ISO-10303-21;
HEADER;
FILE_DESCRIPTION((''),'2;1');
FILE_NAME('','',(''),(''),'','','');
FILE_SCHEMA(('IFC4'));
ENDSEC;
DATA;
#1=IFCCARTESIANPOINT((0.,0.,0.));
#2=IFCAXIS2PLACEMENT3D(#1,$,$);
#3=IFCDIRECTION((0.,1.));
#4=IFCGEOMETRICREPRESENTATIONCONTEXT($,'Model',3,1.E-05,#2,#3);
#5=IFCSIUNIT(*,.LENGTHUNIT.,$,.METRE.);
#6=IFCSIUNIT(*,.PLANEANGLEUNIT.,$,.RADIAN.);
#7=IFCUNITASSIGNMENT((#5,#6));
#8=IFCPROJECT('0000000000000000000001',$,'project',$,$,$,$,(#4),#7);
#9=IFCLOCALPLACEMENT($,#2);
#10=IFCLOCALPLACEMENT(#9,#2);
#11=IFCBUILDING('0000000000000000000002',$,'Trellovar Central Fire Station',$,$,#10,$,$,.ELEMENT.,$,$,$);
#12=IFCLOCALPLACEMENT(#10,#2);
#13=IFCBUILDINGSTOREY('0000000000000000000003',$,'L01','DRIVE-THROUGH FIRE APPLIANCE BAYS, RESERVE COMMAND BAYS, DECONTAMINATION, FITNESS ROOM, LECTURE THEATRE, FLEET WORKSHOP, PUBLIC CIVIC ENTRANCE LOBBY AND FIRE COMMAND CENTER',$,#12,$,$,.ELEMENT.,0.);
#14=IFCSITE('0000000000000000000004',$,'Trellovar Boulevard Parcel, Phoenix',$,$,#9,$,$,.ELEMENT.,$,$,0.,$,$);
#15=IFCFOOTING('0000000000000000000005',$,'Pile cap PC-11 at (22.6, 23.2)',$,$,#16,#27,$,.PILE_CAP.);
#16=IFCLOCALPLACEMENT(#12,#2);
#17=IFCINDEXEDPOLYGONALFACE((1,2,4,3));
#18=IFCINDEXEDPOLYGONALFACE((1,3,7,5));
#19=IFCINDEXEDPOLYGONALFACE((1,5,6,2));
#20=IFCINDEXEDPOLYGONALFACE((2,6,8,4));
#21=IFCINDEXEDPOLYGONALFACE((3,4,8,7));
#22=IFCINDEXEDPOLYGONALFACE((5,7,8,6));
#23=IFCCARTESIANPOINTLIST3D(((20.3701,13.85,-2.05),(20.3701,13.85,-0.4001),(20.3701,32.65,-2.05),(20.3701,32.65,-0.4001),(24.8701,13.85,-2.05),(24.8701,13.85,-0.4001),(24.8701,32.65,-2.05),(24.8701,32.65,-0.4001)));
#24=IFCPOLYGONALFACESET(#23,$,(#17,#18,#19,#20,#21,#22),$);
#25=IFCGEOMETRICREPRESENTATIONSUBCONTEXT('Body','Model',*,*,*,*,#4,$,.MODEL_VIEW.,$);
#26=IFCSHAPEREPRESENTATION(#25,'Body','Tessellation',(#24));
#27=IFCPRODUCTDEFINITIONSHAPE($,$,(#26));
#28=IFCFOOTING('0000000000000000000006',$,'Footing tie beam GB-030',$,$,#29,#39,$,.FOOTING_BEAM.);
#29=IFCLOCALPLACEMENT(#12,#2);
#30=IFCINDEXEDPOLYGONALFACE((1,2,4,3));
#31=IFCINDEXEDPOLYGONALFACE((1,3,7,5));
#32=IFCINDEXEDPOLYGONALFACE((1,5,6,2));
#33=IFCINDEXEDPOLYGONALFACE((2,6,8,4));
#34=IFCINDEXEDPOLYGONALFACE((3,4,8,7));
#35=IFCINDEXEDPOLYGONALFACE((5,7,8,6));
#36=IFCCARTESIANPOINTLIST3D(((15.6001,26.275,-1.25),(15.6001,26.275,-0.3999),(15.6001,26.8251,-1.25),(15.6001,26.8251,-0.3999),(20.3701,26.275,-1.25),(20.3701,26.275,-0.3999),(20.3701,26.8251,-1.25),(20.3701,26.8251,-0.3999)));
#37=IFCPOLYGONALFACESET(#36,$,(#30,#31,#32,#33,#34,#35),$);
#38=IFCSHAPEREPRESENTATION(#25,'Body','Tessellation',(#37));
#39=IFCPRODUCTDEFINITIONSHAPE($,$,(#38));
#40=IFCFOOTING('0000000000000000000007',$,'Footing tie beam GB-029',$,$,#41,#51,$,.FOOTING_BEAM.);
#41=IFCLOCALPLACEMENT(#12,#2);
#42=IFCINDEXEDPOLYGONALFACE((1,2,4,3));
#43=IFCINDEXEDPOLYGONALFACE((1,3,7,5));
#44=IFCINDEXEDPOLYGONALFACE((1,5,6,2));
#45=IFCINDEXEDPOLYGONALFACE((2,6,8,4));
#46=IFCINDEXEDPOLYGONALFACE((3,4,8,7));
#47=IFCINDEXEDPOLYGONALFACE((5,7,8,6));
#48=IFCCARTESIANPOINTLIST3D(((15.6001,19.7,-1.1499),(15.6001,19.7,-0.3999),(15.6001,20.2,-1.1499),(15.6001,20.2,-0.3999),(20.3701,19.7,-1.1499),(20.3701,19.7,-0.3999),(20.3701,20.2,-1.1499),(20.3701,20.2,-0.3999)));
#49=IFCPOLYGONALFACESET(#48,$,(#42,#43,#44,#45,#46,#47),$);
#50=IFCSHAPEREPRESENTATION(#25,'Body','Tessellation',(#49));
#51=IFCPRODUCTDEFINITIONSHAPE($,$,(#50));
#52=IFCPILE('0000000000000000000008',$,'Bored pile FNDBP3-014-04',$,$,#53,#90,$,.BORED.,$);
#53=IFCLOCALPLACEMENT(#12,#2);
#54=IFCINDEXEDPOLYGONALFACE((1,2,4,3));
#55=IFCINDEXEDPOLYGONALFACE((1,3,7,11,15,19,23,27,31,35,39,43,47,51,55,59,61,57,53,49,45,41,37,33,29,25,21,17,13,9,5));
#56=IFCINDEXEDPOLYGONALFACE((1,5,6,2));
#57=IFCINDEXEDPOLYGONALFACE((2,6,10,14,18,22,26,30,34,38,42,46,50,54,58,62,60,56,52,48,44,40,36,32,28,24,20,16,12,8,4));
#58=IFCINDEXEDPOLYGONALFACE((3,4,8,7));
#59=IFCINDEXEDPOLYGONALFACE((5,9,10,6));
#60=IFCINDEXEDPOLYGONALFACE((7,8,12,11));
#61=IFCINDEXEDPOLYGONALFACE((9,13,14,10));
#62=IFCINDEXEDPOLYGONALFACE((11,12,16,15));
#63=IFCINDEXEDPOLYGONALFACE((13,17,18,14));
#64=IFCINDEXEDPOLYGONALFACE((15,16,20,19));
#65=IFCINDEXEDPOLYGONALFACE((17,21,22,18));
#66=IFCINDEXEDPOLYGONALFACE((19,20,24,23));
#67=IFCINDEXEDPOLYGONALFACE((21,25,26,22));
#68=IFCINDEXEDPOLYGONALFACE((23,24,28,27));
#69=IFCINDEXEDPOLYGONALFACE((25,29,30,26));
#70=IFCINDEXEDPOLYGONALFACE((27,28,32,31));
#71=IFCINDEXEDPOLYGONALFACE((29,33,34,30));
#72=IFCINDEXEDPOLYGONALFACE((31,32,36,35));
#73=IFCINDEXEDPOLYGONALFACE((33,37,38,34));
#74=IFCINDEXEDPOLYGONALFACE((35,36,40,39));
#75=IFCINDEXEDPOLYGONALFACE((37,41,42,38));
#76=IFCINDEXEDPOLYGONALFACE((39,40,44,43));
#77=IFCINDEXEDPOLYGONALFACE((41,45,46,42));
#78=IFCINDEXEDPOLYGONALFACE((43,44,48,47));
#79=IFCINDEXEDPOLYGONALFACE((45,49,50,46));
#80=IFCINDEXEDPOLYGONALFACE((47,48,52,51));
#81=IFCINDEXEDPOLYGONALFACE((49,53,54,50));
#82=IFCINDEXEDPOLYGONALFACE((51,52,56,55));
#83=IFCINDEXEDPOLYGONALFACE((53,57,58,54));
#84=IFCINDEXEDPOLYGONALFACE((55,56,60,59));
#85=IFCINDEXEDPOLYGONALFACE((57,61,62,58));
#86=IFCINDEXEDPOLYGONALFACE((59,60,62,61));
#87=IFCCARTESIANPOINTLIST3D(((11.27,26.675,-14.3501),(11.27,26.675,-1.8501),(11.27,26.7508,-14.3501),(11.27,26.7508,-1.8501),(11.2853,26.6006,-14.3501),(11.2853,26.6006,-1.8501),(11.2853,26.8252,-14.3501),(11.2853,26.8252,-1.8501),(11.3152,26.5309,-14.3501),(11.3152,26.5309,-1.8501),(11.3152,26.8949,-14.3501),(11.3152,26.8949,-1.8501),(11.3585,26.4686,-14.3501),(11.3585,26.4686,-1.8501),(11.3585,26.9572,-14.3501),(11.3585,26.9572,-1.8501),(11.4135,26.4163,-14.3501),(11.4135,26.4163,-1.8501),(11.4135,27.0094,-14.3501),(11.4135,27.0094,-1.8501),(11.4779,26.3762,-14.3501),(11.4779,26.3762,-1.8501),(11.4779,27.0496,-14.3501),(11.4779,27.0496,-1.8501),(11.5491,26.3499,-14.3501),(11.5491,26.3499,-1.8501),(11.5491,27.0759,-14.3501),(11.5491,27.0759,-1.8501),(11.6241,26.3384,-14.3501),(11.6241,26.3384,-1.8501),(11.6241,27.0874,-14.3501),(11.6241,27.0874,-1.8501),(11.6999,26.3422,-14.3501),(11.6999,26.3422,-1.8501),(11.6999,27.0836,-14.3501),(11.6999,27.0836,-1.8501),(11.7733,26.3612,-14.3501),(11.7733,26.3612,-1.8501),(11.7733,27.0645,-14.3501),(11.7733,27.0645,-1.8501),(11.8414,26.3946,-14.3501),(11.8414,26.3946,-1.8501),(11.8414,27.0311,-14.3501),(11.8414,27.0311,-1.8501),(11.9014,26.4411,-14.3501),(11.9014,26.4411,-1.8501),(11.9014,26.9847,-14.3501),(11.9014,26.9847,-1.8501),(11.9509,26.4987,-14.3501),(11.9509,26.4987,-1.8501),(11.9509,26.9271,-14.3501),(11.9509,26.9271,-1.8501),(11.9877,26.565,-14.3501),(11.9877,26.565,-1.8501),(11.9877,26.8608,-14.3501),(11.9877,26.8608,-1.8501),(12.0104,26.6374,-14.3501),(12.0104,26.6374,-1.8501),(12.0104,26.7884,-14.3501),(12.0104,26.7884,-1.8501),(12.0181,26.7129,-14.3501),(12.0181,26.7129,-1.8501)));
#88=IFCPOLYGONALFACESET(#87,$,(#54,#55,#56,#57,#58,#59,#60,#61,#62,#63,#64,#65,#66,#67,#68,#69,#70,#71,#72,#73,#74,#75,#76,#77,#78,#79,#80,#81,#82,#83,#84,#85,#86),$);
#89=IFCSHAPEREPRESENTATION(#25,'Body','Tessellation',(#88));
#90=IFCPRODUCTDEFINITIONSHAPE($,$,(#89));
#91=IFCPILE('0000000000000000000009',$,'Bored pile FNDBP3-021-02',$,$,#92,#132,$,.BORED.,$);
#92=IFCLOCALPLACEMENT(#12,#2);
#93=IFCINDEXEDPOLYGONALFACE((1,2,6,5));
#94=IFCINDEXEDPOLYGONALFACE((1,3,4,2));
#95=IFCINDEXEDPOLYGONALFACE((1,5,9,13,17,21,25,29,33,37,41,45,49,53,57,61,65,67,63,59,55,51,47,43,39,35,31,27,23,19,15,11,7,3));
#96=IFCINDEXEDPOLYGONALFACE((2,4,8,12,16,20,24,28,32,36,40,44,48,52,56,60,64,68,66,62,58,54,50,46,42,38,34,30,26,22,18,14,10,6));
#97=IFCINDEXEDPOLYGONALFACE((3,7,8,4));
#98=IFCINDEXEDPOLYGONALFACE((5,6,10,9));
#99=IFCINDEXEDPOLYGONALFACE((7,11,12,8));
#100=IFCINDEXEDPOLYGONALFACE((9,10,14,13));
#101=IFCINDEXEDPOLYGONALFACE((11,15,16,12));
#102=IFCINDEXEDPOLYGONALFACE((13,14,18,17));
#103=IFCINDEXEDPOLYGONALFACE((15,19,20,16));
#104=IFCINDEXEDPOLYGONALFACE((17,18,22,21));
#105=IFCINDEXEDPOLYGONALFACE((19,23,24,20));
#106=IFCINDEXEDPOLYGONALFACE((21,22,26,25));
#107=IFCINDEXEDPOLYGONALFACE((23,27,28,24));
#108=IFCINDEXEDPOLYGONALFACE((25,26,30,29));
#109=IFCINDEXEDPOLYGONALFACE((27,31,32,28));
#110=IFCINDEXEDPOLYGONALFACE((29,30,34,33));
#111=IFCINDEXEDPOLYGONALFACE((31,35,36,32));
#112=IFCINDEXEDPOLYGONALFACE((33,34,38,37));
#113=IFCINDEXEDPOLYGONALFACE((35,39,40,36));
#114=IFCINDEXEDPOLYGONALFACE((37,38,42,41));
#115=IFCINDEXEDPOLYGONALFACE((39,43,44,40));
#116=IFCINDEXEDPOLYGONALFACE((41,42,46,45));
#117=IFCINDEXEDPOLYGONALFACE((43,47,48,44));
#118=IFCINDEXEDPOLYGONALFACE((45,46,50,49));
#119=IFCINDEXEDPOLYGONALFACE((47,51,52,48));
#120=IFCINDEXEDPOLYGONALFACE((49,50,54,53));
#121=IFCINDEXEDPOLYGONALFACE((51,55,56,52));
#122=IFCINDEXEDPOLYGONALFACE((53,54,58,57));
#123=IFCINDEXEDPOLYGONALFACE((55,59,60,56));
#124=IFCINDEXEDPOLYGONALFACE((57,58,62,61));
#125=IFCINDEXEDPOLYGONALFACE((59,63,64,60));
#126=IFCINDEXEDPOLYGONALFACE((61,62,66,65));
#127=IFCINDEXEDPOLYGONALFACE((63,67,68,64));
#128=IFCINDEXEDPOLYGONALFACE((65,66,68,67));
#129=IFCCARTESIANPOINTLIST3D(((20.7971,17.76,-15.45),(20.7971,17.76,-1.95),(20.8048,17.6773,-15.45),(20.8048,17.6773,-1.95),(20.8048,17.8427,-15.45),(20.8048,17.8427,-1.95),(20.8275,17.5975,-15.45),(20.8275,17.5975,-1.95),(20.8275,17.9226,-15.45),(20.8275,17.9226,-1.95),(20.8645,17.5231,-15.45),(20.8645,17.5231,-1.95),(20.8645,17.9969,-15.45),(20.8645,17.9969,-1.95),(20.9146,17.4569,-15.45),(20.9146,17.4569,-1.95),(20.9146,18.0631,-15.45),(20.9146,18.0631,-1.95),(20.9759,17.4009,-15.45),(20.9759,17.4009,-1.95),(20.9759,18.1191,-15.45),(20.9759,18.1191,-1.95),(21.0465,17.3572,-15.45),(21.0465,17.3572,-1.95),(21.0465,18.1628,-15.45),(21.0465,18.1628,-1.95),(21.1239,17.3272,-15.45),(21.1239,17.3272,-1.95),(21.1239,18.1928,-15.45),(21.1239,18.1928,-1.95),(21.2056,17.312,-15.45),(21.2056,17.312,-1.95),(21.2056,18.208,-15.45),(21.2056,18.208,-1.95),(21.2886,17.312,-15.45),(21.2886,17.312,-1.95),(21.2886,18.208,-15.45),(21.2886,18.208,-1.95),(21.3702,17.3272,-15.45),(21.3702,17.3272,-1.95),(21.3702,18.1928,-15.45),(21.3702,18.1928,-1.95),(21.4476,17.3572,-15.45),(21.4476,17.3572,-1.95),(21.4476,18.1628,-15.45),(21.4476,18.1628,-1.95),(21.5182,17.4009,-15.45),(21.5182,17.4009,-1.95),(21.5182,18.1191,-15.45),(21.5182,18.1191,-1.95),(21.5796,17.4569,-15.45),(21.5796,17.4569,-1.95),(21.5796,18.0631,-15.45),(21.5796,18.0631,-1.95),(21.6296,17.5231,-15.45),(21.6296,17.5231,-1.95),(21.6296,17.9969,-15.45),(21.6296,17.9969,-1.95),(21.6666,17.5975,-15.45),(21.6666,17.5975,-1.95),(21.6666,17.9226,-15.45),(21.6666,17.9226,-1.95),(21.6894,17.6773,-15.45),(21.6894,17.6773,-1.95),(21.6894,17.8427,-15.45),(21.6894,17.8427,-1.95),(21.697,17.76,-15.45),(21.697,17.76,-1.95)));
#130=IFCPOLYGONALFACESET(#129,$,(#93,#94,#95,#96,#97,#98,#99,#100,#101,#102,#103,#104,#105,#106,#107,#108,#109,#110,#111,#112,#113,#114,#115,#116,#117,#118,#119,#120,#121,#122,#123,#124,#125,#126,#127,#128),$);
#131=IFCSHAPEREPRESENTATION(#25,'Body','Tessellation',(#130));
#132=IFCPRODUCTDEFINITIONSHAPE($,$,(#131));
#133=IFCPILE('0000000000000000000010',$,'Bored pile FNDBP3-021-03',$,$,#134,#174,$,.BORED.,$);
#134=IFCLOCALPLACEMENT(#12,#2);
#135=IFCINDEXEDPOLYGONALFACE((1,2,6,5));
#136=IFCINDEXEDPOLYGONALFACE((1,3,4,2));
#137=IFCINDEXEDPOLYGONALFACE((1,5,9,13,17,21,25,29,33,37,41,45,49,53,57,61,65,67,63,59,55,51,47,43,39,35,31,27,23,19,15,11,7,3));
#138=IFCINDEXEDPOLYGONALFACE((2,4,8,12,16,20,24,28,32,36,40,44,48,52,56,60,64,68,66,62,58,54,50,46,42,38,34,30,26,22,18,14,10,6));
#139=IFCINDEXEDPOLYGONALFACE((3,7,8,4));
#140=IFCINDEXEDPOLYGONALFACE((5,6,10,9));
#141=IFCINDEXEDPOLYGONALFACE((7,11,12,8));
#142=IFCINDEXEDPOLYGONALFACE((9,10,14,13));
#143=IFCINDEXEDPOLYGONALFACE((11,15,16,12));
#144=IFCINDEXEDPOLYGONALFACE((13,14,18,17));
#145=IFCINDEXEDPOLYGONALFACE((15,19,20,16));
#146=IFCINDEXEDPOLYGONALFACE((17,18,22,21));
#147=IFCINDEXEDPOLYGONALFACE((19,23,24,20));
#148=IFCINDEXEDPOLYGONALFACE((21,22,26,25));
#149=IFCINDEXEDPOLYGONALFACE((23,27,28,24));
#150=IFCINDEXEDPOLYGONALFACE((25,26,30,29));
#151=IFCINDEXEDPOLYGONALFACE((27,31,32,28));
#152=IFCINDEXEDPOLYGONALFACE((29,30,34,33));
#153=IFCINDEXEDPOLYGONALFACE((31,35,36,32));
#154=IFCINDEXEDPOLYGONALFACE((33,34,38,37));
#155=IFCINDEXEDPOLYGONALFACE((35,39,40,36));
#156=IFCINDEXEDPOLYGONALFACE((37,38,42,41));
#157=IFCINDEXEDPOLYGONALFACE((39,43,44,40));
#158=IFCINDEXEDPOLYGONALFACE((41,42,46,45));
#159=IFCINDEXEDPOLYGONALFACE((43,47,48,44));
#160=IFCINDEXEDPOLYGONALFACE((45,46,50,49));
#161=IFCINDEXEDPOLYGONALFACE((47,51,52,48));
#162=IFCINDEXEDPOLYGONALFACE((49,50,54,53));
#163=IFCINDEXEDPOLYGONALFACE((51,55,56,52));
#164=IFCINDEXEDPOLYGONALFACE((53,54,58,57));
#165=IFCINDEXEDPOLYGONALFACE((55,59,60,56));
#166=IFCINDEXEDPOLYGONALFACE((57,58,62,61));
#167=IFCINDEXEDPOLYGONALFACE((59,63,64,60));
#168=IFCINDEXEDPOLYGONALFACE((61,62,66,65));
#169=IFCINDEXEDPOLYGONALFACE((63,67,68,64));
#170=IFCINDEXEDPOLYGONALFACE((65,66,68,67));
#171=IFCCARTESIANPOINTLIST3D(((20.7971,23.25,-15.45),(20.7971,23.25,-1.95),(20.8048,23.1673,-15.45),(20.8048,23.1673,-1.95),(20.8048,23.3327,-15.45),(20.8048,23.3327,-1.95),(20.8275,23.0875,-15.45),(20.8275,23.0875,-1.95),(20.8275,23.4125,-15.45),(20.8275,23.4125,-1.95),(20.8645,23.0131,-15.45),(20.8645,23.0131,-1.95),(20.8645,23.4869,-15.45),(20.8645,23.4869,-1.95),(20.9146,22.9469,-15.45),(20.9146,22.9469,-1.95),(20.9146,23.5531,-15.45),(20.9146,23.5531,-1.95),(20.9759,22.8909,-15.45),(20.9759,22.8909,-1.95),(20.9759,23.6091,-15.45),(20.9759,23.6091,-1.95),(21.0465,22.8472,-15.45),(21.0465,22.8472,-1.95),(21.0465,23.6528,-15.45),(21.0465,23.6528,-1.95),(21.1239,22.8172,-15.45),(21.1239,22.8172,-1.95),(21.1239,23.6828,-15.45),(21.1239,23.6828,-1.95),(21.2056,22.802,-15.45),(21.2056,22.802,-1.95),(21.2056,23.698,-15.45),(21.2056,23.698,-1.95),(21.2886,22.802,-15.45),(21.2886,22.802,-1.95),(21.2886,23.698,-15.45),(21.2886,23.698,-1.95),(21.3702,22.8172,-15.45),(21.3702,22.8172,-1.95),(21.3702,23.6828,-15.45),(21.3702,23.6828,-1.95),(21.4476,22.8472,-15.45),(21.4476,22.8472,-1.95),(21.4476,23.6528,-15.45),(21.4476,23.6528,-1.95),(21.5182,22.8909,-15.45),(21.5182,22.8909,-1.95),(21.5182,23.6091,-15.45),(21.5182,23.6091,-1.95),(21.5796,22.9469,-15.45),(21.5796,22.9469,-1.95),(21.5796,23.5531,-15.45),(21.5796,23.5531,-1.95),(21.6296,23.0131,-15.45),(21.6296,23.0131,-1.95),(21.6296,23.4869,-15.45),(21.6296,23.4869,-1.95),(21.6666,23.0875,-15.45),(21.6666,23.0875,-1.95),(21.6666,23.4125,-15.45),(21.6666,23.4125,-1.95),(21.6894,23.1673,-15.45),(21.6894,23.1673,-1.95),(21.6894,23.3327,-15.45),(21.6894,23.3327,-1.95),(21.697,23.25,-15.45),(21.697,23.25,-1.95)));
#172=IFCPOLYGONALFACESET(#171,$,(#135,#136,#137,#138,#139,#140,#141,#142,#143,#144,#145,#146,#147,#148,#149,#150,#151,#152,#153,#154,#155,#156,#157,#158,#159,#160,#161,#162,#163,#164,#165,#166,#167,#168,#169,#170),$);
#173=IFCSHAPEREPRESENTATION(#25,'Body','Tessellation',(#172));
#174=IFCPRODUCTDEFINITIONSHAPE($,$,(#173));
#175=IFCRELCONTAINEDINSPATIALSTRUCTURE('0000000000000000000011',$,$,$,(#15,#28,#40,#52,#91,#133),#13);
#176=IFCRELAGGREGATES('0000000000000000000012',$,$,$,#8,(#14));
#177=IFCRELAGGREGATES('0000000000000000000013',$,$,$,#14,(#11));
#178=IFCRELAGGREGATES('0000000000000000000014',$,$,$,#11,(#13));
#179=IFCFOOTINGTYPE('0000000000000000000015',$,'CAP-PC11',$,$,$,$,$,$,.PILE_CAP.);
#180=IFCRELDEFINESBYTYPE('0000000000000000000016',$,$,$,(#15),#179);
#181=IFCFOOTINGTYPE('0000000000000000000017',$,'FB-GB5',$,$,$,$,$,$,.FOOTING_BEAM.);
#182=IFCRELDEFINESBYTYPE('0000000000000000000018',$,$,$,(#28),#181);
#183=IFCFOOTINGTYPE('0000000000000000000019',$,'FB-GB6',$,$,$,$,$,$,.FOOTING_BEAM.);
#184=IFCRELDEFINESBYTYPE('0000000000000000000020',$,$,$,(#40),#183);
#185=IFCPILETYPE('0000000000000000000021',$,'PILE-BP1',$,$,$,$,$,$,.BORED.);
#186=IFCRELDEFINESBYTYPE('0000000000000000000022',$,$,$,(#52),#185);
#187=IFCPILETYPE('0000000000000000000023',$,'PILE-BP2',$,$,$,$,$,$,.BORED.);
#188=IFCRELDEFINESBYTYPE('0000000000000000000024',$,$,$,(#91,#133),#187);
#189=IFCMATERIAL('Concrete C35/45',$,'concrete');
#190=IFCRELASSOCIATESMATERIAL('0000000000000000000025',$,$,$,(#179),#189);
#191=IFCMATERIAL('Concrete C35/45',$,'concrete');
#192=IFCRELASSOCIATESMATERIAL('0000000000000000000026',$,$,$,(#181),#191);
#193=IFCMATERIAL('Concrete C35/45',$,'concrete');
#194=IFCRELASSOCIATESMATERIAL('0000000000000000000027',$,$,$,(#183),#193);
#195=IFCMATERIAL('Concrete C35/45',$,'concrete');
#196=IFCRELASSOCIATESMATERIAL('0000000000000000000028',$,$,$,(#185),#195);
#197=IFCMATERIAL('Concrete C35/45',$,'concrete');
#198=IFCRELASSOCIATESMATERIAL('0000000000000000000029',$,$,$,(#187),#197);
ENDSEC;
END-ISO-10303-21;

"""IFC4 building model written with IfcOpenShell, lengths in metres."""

from ifc_helpers import new_model, si_unit, direction, frame, origin, origin_2d, place, context, subcontext, project, spatial, rectangle, circle, extrude, material, material_profile, profile_set, type_object, element, save


model = new_model("IFC4")

# Units and contexts
model_context = context("Model", 3, precision=1e-05, world=origin(), true_north=direction((0.0, 1.0)))
body_context = subcontext(model_context, "Body", "Model", "MODEL_VIEW")
ifc_project = project(units=[si_unit("LENGTHUNIT", "METRE"), si_unit("PLANEANGLEUNIT", "RADIAN")], contexts=[model_context])

# Site, building, storey
site_placement = place(None, origin())
site = spatial("IfcSite", under=ifc_project, at=site_placement, Name="Trellovar Boulevard Parcel, Phoenix", CompositionType="ELEMENT", RefElevation=0.0)
building_placement = place(site_placement, origin())
building = spatial("IfcBuilding", under=site, at=building_placement, Name="Trellovar Central Fire Station", CompositionType="ELEMENT")
storey_placement = place(building_placement, origin())
storey = spatial("IfcBuildingStorey", under=building, at=storey_placement, Name="L01", Description="DRIVE-THROUGH FIRE APPLIANCE BAYS, RESERVE COMMAND BAYS, DECONTAMINATION, FITNESS ROOM, LECTURE THEATRE, FLEET WORKSHOP, PUBLIC CIVIC ENTRANCE LOBBY AND FIRE COMMAND CENTER", CompositionType="ELEMENT", Elevation=0.0)

# Footings
ifc_material_1 = material(Name="Concrete C35/45", Category="concrete")
footing_type_1 = type_object("IfcFootingType", Name="CAP-PC11", PredefinedType="PILE_CAP", material=ifc_material_1)
footing_1_placement = place(storey_placement, frame((22.6201, 23.25, -2.05), z_axis=(0.0, 0.0, 1.0), x_axis=(1.0, 0.0, 0.0)))
element("IfcFooting", 1, at=footing_1_placement, inside=storey, type_object=footing_type_1, Name="Pile cap PC-11 at (22.6, 23.2)", PredefinedType="PILE_CAP", context=body_context, shape_type="SweptSolid", body=[
    extrude(rectangle(XDim=4.5, YDim=18.8, at=origin_2d()), origin(), (0.0, 0.0, 1.0), 1.6499),
])
ifc_material_2 = material(Name="Concrete C35/45", Category="concrete")
ifc_material_profile_1 = material_profile(ifc_material_2, rectangle(XDim=0.55, YDim=0.8501, at=origin_2d()), Name="RC550X850")
ifc_profile_set_1 = profile_set([ifc_material_profile_1], Name="Concrete C35/45")
footing_type_2 = type_object("IfcFootingType", Name="FB-GB5", PredefinedType="FOOTING_BEAM", material=ifc_profile_set_1)
footing_2_placement = place(storey_placement, frame((15.6001, 26.55, -0.825), z_axis=(1.0, 0.0, 0.0), x_axis=(0.0, 1.0, 0.0)))
element("IfcFooting", 2, at=footing_2_placement, inside=storey, type_object=footing_type_2, Name="Footing tie beam GB-030", PredefinedType="FOOTING_BEAM", context=body_context, shape_type="SweptSolid", body=[
    extrude(rectangle(XDim=0.55, YDim=0.8501, at=origin_2d()), origin(), (0.0, 0.0, 1.0), 4.77),
])
ifc_material_3 = material(Name="Concrete C35/45", Category="concrete")
ifc_material_profile_2 = material_profile(ifc_material_3, rectangle(XDim=0.5, YDim=0.75, at=origin_2d()), Name="RC500X750")
ifc_profile_set_2 = profile_set([ifc_material_profile_2], Name="Concrete C35/45")
footing_type_3 = type_object("IfcFootingType", Name="FB-GB6", PredefinedType="FOOTING_BEAM", material=ifc_profile_set_2)
footing_3_placement = place(storey_placement, frame((15.6001, 19.95, -0.7749), z_axis=(1.0, 0.0, 0.0), x_axis=(0.0, 1.0, 0.0)))
element("IfcFooting", 3, at=footing_3_placement, inside=storey, type_object=footing_type_3, Name="Footing tie beam GB-029", PredefinedType="FOOTING_BEAM", context=body_context, shape_type="SweptSolid", body=[
    extrude(rectangle(XDim=0.5, YDim=0.75, at=origin_2d()), origin(), (0.0, 0.0, 1.0), 4.77),
])

# Piles
ifc_material_4 = material(Name="Concrete C35/45", Category="concrete")
ifc_material_profile_3 = material_profile(ifc_material_4, circle(Radius=0.375, at=origin_2d()), Name="PILE750")
ifc_profile_set_3 = profile_set([ifc_material_profile_3], Name="Concrete C35/45")
pile_type_1 = type_object("IfcPileType", Name="PILE-BP1", PredefinedType="BORED", material=ifc_profile_set_3)
pile_placement = place(storey_placement, frame((11.6431, 26.7129, -1.8501), z_axis=(0.0, 0.0, -1.0), x_axis=(1.0, 0.0, 0.0)))
element("IfcPile", 4, at=pile_placement, inside=storey, type_object=pile_type_1, Name="Bored pile FNDBP3-014-04", PredefinedType="BORED", context=body_context, shape_type="SweptSolid", body=[
    extrude(circle(Radius=0.375, at=origin_2d()), origin(), (0.0, 0.0, 1.0), 12.5),
])
ifc_material_5 = material(Name="Concrete C35/45", Category="concrete")
ifc_material_profile_4 = material_profile(ifc_material_5, circle(Radius=0.45, at=origin_2d()), Name="PILE900")
ifc_profile_set_4 = profile_set([ifc_material_profile_4], Name="Concrete C35/45")
pile_type_2 = type_object("IfcPileType", Name="PILE-BP2", PredefinedType="BORED", material=ifc_profile_set_4)
for number, where, z_axis, x_axis, name in (
    (5, (21.2471, 17.76, -1.95), (0.0, 0.0, -1.0), (1.0, 0.0, 0.0), "Bored pile FNDBP3-021-02"),
    (6, (21.2471, 23.25, -1.95), (0.0, 0.0, -1.0), (1.0, 0.0, 0.0), "Bored pile FNDBP3-021-03"),
):
    element("IfcPile", number, at=place(storey_placement, frame(where, z_axis=z_axis, x_axis=x_axis)), inside=storey, type_object=pile_type_2, Name=name, PredefinedType="BORED", context=body_context, shape_type="SweptSolid", body=[
        extrude(circle(Radius=0.45, at=origin_2d()), origin(), (0.0, 0.0, 1.0), 13.5),
    ])

save(model, "model.ifc")
